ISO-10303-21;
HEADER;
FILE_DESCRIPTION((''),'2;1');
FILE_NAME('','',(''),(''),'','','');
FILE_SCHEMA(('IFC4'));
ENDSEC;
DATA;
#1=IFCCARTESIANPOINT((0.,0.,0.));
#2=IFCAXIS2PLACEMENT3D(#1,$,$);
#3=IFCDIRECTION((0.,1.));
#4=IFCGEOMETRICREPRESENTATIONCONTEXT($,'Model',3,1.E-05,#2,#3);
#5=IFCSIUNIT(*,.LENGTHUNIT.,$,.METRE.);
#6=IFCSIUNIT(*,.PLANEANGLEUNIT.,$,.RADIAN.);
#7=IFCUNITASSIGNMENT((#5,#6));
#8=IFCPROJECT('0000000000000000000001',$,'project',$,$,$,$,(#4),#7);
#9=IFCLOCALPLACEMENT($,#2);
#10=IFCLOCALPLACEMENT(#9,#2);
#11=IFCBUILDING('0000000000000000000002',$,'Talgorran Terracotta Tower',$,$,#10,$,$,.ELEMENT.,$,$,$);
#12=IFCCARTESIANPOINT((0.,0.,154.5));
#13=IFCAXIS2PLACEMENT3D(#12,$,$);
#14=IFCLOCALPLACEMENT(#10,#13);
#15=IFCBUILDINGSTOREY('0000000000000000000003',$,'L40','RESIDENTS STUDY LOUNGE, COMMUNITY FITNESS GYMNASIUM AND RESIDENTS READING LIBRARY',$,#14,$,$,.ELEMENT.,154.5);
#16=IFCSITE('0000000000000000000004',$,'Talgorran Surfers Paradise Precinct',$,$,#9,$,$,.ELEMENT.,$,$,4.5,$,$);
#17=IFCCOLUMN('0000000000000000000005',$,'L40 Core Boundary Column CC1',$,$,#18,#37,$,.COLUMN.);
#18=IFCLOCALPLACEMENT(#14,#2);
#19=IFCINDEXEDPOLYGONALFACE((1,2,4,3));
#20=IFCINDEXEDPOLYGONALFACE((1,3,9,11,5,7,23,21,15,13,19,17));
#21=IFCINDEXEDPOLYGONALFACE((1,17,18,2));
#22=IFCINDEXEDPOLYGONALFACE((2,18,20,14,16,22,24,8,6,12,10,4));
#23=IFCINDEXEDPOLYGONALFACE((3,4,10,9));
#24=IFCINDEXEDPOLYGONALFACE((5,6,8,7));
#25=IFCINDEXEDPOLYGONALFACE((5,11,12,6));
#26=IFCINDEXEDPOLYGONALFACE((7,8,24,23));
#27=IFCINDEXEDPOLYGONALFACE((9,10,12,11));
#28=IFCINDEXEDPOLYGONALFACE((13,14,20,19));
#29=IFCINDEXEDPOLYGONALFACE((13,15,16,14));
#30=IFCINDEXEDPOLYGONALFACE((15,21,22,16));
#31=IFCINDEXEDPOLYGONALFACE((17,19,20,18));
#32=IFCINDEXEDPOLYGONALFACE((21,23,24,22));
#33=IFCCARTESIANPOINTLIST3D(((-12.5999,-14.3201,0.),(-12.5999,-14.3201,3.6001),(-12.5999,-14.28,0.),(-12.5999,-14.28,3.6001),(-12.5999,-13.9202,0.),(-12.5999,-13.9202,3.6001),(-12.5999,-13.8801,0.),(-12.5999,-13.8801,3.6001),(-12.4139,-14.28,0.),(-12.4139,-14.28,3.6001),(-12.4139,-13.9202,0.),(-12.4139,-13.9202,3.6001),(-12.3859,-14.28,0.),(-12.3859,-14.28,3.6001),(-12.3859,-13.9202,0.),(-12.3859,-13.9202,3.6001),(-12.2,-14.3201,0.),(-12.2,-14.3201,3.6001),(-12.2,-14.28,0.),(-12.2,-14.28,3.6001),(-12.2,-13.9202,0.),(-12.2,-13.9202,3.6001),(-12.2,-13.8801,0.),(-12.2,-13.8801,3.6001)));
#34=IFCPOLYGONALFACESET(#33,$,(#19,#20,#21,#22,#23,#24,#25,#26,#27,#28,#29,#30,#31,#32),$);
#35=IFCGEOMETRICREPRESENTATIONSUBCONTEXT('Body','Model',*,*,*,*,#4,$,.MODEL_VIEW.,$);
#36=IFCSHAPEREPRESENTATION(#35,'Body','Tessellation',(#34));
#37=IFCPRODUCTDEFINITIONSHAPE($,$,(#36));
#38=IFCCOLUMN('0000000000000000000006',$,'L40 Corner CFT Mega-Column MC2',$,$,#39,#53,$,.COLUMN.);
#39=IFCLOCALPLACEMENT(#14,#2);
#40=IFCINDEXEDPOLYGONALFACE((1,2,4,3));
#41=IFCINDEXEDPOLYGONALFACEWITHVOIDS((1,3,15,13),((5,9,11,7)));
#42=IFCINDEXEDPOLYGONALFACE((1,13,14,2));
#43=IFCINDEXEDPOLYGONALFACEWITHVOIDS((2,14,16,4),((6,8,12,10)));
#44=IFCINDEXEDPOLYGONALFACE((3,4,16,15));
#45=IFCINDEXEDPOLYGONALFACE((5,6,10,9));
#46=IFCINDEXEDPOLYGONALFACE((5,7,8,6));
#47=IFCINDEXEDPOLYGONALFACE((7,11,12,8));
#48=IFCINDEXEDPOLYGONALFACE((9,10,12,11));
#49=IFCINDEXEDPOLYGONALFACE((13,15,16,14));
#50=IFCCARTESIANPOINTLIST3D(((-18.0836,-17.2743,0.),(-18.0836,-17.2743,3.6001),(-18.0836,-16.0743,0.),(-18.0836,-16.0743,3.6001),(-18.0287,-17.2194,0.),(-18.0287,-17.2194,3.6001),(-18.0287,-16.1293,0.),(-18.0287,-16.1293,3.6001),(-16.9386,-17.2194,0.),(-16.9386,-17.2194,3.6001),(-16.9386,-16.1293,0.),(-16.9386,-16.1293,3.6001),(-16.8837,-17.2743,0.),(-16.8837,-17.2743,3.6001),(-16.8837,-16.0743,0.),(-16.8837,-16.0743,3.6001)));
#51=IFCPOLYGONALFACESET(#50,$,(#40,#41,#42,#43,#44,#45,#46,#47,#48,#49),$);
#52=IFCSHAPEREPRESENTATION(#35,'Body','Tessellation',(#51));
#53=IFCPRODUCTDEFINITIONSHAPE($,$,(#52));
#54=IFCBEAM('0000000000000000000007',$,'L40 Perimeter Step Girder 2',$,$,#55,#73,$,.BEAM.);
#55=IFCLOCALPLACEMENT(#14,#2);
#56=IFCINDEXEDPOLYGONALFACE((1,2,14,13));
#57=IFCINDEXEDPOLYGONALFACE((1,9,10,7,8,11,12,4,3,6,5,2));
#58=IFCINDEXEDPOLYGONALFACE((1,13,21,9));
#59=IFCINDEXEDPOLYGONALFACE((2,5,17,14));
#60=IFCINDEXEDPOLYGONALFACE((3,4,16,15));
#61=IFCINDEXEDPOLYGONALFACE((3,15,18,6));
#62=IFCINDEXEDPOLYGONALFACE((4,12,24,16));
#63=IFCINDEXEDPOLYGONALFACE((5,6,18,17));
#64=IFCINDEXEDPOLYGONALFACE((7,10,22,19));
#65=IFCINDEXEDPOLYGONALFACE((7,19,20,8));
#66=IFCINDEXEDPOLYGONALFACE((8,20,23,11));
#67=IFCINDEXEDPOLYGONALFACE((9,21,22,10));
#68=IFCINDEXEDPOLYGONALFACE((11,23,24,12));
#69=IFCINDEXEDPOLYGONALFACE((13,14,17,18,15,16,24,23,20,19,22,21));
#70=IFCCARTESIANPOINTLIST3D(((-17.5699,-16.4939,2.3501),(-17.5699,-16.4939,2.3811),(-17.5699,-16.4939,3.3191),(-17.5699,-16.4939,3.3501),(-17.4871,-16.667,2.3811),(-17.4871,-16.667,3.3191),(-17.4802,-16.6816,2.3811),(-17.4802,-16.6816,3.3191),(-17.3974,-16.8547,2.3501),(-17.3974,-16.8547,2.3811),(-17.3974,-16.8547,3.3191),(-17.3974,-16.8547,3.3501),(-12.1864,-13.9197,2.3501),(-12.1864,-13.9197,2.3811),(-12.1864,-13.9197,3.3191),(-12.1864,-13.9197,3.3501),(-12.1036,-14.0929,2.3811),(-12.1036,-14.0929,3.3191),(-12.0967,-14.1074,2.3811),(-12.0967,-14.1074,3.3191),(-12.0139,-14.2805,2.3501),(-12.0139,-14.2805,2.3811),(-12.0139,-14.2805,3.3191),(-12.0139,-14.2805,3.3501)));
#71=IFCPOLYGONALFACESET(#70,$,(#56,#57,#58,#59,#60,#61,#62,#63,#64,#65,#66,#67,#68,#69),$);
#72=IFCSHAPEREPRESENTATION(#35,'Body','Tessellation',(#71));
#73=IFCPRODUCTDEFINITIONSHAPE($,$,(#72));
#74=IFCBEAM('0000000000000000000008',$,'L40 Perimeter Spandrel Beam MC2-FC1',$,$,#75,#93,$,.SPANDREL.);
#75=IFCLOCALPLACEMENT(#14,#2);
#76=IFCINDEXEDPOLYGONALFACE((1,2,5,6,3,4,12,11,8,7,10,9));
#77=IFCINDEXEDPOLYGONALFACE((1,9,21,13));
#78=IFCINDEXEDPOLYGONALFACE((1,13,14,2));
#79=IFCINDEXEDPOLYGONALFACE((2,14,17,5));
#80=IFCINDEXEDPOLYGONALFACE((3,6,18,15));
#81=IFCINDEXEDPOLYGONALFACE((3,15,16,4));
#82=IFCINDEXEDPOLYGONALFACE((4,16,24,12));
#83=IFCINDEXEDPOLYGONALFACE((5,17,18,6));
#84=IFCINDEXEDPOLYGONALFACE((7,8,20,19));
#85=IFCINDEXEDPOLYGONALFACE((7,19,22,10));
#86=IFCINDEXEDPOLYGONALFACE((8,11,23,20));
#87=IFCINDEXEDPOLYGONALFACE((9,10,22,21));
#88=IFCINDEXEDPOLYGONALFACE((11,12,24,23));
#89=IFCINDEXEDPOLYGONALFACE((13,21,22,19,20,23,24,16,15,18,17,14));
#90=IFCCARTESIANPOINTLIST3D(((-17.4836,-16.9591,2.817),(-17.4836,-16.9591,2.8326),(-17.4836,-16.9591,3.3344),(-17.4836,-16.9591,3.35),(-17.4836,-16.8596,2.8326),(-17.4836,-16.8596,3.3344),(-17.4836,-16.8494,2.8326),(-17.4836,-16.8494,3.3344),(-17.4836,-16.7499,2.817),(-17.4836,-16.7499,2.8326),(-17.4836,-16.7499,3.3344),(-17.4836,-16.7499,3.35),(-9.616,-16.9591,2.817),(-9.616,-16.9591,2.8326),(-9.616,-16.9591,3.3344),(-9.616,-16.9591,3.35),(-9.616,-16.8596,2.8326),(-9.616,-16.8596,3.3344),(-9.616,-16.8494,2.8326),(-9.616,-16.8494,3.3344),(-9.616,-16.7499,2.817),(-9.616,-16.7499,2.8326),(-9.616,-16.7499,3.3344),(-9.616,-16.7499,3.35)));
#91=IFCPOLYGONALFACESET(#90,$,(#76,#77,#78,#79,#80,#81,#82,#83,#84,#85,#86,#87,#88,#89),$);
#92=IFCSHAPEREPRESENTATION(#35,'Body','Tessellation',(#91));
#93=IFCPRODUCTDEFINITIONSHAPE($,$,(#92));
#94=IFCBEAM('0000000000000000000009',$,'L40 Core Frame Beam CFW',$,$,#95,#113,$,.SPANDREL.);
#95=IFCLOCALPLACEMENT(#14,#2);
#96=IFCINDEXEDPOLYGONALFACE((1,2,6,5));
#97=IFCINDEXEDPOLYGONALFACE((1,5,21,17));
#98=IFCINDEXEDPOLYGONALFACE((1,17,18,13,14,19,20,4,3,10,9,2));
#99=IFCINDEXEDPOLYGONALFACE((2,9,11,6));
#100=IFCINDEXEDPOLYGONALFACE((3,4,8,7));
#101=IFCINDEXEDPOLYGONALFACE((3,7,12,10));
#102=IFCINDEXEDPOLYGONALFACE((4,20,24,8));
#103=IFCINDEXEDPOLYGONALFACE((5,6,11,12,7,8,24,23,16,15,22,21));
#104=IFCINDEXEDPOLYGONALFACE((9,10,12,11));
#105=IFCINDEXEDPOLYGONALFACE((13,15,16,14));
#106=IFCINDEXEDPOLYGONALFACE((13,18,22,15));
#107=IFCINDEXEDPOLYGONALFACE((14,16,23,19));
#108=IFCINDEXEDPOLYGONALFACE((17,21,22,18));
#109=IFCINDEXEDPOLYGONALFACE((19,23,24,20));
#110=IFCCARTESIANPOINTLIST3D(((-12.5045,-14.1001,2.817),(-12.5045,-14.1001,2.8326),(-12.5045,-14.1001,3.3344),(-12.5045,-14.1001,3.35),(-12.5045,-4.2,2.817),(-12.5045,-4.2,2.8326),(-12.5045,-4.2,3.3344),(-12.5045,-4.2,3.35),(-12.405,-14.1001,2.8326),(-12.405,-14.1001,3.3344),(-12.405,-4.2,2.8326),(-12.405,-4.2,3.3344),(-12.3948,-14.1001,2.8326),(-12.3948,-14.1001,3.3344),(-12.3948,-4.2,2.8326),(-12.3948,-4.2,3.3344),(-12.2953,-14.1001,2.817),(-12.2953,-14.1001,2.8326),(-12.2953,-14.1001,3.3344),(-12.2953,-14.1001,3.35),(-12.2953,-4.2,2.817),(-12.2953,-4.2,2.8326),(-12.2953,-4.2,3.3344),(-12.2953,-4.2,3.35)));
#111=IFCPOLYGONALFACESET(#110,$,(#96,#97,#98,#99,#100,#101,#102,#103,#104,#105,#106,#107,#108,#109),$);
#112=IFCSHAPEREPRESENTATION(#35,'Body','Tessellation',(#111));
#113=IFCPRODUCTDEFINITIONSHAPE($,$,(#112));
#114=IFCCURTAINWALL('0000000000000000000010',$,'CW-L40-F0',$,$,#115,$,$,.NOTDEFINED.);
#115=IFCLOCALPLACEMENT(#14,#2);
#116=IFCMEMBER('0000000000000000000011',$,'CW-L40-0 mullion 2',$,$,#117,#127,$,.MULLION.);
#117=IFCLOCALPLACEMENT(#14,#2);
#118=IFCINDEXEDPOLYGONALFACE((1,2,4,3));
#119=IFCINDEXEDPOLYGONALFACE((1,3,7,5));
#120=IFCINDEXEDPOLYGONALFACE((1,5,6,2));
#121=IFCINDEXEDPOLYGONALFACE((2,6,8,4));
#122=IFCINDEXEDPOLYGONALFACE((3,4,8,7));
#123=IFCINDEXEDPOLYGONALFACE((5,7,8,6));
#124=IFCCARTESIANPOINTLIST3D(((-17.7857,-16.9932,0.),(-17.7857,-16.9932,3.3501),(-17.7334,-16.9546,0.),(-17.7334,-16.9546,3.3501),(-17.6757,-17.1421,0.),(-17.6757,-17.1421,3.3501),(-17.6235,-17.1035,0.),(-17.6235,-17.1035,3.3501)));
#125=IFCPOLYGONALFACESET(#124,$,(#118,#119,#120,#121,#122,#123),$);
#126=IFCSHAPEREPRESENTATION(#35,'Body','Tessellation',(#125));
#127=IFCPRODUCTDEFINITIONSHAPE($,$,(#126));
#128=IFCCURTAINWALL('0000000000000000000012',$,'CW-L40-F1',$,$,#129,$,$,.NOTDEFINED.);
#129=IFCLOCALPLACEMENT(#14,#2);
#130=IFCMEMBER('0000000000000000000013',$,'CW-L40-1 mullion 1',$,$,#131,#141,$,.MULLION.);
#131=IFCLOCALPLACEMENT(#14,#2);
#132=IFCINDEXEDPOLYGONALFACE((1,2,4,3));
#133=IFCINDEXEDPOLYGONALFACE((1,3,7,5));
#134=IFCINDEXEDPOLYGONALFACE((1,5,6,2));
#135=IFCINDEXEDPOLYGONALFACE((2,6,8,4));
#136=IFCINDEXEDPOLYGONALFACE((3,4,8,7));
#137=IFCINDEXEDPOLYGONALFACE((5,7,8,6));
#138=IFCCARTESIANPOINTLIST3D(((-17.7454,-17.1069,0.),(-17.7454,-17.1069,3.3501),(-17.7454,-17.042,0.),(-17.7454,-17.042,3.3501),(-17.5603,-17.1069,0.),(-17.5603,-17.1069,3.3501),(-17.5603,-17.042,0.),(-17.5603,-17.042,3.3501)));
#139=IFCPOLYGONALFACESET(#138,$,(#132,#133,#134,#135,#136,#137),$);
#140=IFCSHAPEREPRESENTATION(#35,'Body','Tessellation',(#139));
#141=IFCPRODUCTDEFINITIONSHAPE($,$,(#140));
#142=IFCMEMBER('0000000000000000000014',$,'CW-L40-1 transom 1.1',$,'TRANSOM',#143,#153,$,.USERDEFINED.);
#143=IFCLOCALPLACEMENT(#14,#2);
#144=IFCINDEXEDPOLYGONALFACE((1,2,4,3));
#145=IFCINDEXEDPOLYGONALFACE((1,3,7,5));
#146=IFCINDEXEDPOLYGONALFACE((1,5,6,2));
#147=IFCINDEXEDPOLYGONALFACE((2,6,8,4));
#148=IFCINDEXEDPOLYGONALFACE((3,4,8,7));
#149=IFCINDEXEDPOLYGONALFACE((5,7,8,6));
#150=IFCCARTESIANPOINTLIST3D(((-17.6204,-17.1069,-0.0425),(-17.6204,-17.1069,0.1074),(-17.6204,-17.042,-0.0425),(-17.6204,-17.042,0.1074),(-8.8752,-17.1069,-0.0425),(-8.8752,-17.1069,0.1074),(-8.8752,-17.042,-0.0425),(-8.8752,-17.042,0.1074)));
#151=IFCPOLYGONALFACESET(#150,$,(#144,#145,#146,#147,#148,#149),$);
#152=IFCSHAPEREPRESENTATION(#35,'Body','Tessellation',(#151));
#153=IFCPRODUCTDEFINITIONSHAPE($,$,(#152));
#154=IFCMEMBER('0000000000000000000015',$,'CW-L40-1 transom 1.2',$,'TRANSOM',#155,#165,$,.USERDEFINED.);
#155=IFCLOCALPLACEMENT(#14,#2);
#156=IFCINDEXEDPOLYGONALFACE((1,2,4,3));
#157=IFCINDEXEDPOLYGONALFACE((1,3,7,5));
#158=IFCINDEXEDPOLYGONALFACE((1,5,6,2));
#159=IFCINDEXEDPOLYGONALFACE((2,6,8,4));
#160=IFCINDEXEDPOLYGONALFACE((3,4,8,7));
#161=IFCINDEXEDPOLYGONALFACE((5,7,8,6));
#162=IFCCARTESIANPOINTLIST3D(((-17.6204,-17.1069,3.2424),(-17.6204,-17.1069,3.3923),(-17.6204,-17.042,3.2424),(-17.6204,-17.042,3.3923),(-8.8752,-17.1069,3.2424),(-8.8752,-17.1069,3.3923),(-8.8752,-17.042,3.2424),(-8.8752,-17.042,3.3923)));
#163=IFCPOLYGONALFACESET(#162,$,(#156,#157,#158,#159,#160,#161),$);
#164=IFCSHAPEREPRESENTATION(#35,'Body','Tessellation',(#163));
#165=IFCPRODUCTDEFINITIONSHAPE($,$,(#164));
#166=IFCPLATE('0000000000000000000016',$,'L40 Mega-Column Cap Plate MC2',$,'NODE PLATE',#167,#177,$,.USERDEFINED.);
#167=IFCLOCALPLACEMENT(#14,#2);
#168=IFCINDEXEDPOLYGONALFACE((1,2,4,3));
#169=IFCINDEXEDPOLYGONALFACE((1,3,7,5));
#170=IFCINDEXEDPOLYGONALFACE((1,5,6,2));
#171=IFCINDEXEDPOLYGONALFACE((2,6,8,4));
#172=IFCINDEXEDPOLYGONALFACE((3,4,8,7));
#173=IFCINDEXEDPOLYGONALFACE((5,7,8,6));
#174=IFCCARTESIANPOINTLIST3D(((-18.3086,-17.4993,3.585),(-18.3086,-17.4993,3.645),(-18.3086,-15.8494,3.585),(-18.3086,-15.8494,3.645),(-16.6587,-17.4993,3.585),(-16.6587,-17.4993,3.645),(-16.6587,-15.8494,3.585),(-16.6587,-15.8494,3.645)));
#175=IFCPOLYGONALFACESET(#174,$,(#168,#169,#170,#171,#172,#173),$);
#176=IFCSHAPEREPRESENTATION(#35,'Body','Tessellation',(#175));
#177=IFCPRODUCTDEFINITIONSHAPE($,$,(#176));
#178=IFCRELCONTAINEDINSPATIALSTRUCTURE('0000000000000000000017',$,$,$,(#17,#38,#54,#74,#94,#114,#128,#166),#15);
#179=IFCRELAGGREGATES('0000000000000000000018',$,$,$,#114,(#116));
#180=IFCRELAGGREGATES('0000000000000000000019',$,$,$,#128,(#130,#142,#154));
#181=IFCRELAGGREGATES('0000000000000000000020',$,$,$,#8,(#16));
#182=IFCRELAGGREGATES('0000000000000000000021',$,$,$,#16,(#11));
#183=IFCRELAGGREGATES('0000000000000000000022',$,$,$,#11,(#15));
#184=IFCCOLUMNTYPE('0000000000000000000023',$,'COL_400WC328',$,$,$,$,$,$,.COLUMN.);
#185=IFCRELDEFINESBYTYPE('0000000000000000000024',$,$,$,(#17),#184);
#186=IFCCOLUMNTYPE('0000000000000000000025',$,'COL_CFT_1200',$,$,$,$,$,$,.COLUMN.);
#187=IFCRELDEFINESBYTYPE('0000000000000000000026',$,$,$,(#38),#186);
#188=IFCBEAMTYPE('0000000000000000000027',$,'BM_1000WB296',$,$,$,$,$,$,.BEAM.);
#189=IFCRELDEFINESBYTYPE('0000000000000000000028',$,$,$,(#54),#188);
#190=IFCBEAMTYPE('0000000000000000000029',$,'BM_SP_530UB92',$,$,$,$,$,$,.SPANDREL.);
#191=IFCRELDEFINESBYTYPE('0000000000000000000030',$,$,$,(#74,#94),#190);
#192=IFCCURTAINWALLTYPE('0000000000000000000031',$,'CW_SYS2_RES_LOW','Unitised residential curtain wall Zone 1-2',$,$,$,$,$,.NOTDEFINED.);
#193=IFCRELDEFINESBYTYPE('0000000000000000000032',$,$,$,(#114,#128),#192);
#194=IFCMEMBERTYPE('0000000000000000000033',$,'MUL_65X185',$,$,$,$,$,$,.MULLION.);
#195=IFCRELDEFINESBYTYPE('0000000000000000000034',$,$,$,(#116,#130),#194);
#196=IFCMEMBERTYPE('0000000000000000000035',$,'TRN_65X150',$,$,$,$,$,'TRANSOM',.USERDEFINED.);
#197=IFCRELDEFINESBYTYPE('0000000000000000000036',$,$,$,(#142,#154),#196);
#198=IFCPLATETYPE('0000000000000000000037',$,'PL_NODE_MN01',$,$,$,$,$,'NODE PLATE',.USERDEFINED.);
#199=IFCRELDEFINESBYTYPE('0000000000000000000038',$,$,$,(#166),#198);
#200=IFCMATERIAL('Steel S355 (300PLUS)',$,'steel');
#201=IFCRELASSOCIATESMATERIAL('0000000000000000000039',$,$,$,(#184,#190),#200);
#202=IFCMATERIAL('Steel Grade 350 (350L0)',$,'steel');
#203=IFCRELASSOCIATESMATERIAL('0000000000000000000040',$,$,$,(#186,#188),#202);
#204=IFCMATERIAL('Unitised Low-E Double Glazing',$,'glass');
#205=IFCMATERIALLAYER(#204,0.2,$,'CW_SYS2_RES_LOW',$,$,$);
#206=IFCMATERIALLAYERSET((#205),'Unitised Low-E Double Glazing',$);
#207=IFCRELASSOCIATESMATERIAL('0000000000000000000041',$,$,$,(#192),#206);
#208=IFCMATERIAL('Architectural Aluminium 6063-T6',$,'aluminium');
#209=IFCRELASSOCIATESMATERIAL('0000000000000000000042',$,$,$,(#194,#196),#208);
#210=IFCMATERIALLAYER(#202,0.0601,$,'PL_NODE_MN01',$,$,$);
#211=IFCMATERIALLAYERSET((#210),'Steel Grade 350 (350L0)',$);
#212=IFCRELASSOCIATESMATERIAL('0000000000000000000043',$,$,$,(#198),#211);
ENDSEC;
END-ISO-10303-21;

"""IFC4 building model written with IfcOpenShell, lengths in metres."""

from ifc_helpers import new_model, si_unit, direction, frame, origin, origin_2d, place, context, subcontext, project, spatial, rectangle, hollow_rectangle, i_section, extrude, material, layer, layer_set, material_profile, profile_set, type_object, element, aggregate, save


model = new_model("IFC4")

# Units and contexts
model_context = context("Model", 3, precision=1e-05, world=origin(), true_north=direction((0.0, 1.0)))
body_context = subcontext(model_context, "Body", "Model", "MODEL_VIEW")
ifc_project = project(units=[si_unit("LENGTHUNIT", "METRE"), si_unit("PLANEANGLEUNIT", "RADIAN")], contexts=[model_context])

# Site, building, storey
site_placement = place(None, origin())
site = spatial("IfcSite", under=ifc_project, at=site_placement, Name="Talgorran Surfers Paradise Precinct", CompositionType="ELEMENT", RefElevation=4.5)
building_placement = place(site_placement, origin())
building = spatial("IfcBuilding", under=site, at=building_placement, Name="Talgorran Terracotta Tower", CompositionType="ELEMENT")
storey_placement = place(building_placement, frame((0.0, 0.0, 154.5)))
storey = spatial("IfcBuildingStorey", under=building, at=storey_placement, Name="L40", Description="RESIDENTS STUDY LOUNGE, COMMUNITY FITNESS GYMNASIUM AND RESIDENTS READING LIBRARY", CompositionType="ELEMENT", Elevation=154.5)

# Columns
ifc_material_1 = material(Name="Steel S355 (300PLUS)", Category="steel")
ifc_material_profile_1 = material_profile(ifc_material_1, i_section(OverallWidth=0.3999, OverallDepth=0.4399, WebThickness=0.0281, FlangeThickness=0.04, at=origin_2d()), Name="400WC328")
ifc_profile_set_1 = profile_set([ifc_material_profile_1], Name="Steel S355 (300PLUS)")
column_type_1 = type_object("IfcColumnType", Name="COL_400WC328", PredefinedType="COLUMN", material=ifc_profile_set_1)
column_1_placement = place(storey_placement, frame((-12.3999, -14.1001, 0.0), z_axis=(0.0, 0.0, 1.0), x_axis=(1.0, 0.0, 0.0)))
element("IfcColumn", 1, at=column_1_placement, inside=storey, type_object=column_type_1, Name="L40 Core Boundary Column CC1", PredefinedType="COLUMN", context=body_context, shape_type="SweptSolid", body=[
    extrude(i_section(OverallWidth=0.3999, OverallDepth=0.4399, WebThickness=0.0281, FlangeThickness=0.04, at=origin_2d()), origin(), (0.0, 0.0, 1.0), 3.6001),
])
ifc_material_2 = material(Name="Steel Grade 350 (350L0)", Category="steel")
ifc_material_profile_2 = material_profile(ifc_material_2, hollow_rectangle(XDim=1.2, YDim=1.2, WallThickness=0.0549, at=origin_2d()), Name="CFT1200X1200X55")
ifc_profile_set_2 = profile_set([ifc_material_profile_2], Name="Steel Grade 350 (350L0)")
column_type_2 = type_object("IfcColumnType", Name="COL_CFT_1200", PredefinedType="COLUMN", material=ifc_profile_set_2)
column_2_placement = place(storey_placement, frame((-17.4836, -16.6743, 0.0), z_axis=(0.0, 0.0, 1.0), x_axis=(1.0, 0.0, 0.0)))
element("IfcColumn", 2, at=column_2_placement, inside=storey, type_object=column_type_2, Name="L40 Corner CFT Mega-Column MC2", PredefinedType="COLUMN", context=body_context, shape_type="SweptSolid", body=[
    extrude(hollow_rectangle(XDim=1.2, YDim=1.2, WallThickness=0.0549, at=origin_2d()), origin(), (0.0, 0.0, 1.0), 3.6001),
])

# Beams
ifc_material_profile_3 = material_profile(ifc_material_2, i_section(OverallWidth=0.3999, OverallDepth=1.0, WebThickness=0.0161, FlangeThickness=0.031, at=origin_2d()), Name="1000WB296")
ifc_profile_set_3 = profile_set([ifc_material_profile_3], Name="Steel Grade 350 (350L0)")
beam_type_1 = type_object("IfcBeamType", Name="BM_1000WB296", PredefinedType="BEAM", material=ifc_profile_set_3)
beam_1_placement = place(storey_placement, frame((-17.4836, -16.6743, 2.8501), z_axis=(0.902168, 0.431385, 0.0), x_axis=(-0.431385, 0.902168, 0.0)))
element("IfcBeam", 3, at=beam_1_placement, inside=storey, type_object=beam_type_1, Name="L40 Perimeter Step Girder 2", PredefinedType="BEAM", context=body_context, shape_type="SweptSolid", body=[
    extrude(i_section(OverallWidth=0.3999, OverallDepth=1.0, WebThickness=0.0161, FlangeThickness=0.031, at=origin_2d()), origin(), (0.0, 0.0, 1.0), 5.9673),
])
ifc_material_profile_4 = material_profile(ifc_material_1, i_section(OverallWidth=0.2092, OverallDepth=0.533, WebThickness=0.0103, FlangeThickness=0.0156, at=origin_2d()), Name="530UB92.4")
ifc_profile_set_4 = profile_set([ifc_material_profile_4], Name="Steel S355 (300PLUS)")
beam_type_2 = type_object("IfcBeamType", Name="BM_SP_530UB92", PredefinedType="SPANDREL", material=ifc_profile_set_4)
beam_2_placement = place(storey_placement, frame((-17.4836, -16.8545, 3.0835), z_axis=(1.0, 0.0, 0.0), x_axis=(0.0, 1.0, 0.0)))
element("IfcBeam", 4, at=beam_2_placement, inside=storey, type_object=beam_type_2, Name="L40 Perimeter Spandrel Beam MC2-FC1", PredefinedType="SPANDREL", context=body_context, shape_type="SweptSolid", body=[
    extrude(i_section(OverallWidth=0.2092, OverallDepth=0.533, WebThickness=0.0103, FlangeThickness=0.0156, at=origin_2d()), origin(), (0.0, 0.0, 1.0), 7.8677),
])
beam_3_placement = place(storey_placement, frame((-12.3999, -14.1001, 3.0835), z_axis=(0.0, 1.0, 0.0), x_axis=(-1.0, 0.0, 0.0)))
element("IfcBeam", 5, at=beam_3_placement, inside=storey, type_object=beam_type_2, Name="L40 Core Frame Beam CFW", PredefinedType="SPANDREL", context=body_context, shape_type="SweptSolid", body=[
    extrude(i_section(OverallWidth=0.2092, OverallDepth=0.533, WebThickness=0.0103, FlangeThickness=0.0156, at=origin_2d()), origin(), (0.0, 0.0, 1.0), 9.9001),
])

# Curtain wall, member
ifc_material_3 = material(Name="Unitised Low-E Double Glazing", Category="glass")
ifc_layer_1 = layer(ifc_material_3, 0.2, Name="CW_SYS2_RES_LOW")
ifc_layer_set_1 = layer_set([ifc_layer_1], Name="Unitised Low-E Double Glazing")
curtain_wall_type = type_object("IfcCurtainWallType", Name="CW_SYS2_RES_LOW", Description="Unitised residential curtain wall Zone 1-2", PredefinedType="NOTDEFINED", material=ifc_layer_set_1)
curtain_wall_1_placement = place(storey_placement, origin())
curtain_wall_1 = element("IfcCurtainWall", 6, at=curtain_wall_1_placement, inside=storey, type_object=curtain_wall_type, Name="CW-L40-F0", PredefinedType="NOTDEFINED")
ifc_material_4 = material(Name="Architectural Aluminium 6063-T6", Category="aluminium")
ifc_material_profile_5 = material_profile(ifc_material_4, rectangle(XDim=0.0649, YDim=0.1851, at=origin_2d()), Name="CWM65X185")
ifc_profile_set_5 = profile_set([ifc_material_profile_5], Name="Architectural Aluminium 6063-T6")
member_type_1 = type_object("IfcMemberType", Name="MUL_65X185", PredefinedType="MULLION", material=ifc_profile_set_5)
member_1_placement = place(storey_placement, frame((-17.7046, -17.0483, 0.0), z_axis=(0.0, 0.0, 1.0), x_axis=(0.804404, 0.594082, 0.0)))
member_1 = element("IfcMember", 7, at=member_1_placement, type_object=member_type_1, Name="CW-L40-0 mullion 2", PredefinedType="MULLION", context=body_context, shape_type="SweptSolid", body=[
    extrude(rectangle(XDim=0.0649, YDim=0.1851, at=origin_2d()), origin(), (0.0, 0.0, 1.0), 3.3501),
])
aggregate(curtain_wall_1, [member_1])

# Curtain wall, members
curtain_wall_2_placement = place(storey_placement, origin())
curtain_wall_2 = element("IfcCurtainWall", 8, at=curtain_wall_2_placement, inside=storey, type_object=curtain_wall_type, Name="CW-L40-F1", PredefinedType="NOTDEFINED")
member_2_placement = place(storey_placement, frame((-17.6528, -17.0745, 0.0), z_axis=(0.0, 0.0, 1.0), x_axis=(0.0, 1.0, 0.0)))
member_2 = element("IfcMember", 9, at=member_2_placement, type_object=member_type_1, Name="CW-L40-1 mullion 1", PredefinedType="MULLION", context=body_context, shape_type="SweptSolid", body=[
    extrude(rectangle(XDim=0.0649, YDim=0.1851, at=origin_2d()), origin(), (0.0, 0.0, 1.0), 3.3501),
])
ifc_material_profile_6 = material_profile(ifc_material_4, rectangle(XDim=0.0649, YDim=0.1499, at=origin_2d()), Name="CWT65X150")
ifc_profile_set_6 = profile_set([ifc_material_profile_6], Name="Architectural Aluminium 6063-T6")
member_type_2 = type_object("IfcMemberType", Name="TRN_65X150", ElementType="TRANSOM", PredefinedType="USERDEFINED", material=ifc_profile_set_6)
member_3_placement = place(storey_placement, frame((-17.6204, -17.0745, 0.0325), z_axis=(1.0, 0.0, 0.0), x_axis=(0.0, 1.0, 0.0)))
member_3 = element("IfcMember", 10, at=member_3_placement, type_object=member_type_2, Name="CW-L40-1 transom 1.1", ObjectType="TRANSOM", PredefinedType="USERDEFINED", context=body_context, shape_type="SweptSolid", body=[
    extrude(rectangle(XDim=0.0649, YDim=0.1499, at=origin_2d()), origin(), (0.0, 0.0, 1.0), 8.7451),
])
member_4_placement = place(storey_placement, frame((-17.6204, -17.0745, 3.3174), z_axis=(1.0, 0.0, 0.0), x_axis=(0.0, 1.0, 0.0)))
member_4 = element("IfcMember", 11, at=member_4_placement, type_object=member_type_2, Name="CW-L40-1 transom 1.2", ObjectType="TRANSOM", PredefinedType="USERDEFINED", context=body_context, shape_type="SweptSolid", body=[
    extrude(rectangle(XDim=0.0649, YDim=0.1499, at=origin_2d()), origin(), (0.0, 0.0, 1.0), 8.7451),
])

# Plate
ifc_layer_2 = layer(ifc_material_2, 0.0601, Name="PL_NODE_MN01")
ifc_layer_set_2 = layer_set([ifc_layer_2], Name="Steel Grade 350 (350L0)")
plate_type_1 = type_object("IfcPlateType", Name="PL_NODE_MN01", ElementType="NODE PLATE", PredefinedType="USERDEFINED", material=ifc_layer_set_2)
plate_1_placement = place(storey_placement, frame((-17.4836, -16.6743, 3.585), z_axis=(0.0, 0.0, 1.0), x_axis=(1.0, 0.0, 0.0)))
element("IfcPlate", 12, at=plate_1_placement, inside=storey, type_object=plate_type_1, Name="L40 Mega-Column Cap Plate MC2", ObjectType="NODE PLATE", PredefinedType="USERDEFINED", context=body_context, shape_type="SweptSolid", body=[
    extrude(rectangle(XDim=1.6499, YDim=1.6499, at=origin_2d()), origin(), (0.0, 0.0, 1.0), 0.0601),
])
aggregate(curtain_wall_2, [member_2, member_3, member_4])

save(model, "model.ifc")
